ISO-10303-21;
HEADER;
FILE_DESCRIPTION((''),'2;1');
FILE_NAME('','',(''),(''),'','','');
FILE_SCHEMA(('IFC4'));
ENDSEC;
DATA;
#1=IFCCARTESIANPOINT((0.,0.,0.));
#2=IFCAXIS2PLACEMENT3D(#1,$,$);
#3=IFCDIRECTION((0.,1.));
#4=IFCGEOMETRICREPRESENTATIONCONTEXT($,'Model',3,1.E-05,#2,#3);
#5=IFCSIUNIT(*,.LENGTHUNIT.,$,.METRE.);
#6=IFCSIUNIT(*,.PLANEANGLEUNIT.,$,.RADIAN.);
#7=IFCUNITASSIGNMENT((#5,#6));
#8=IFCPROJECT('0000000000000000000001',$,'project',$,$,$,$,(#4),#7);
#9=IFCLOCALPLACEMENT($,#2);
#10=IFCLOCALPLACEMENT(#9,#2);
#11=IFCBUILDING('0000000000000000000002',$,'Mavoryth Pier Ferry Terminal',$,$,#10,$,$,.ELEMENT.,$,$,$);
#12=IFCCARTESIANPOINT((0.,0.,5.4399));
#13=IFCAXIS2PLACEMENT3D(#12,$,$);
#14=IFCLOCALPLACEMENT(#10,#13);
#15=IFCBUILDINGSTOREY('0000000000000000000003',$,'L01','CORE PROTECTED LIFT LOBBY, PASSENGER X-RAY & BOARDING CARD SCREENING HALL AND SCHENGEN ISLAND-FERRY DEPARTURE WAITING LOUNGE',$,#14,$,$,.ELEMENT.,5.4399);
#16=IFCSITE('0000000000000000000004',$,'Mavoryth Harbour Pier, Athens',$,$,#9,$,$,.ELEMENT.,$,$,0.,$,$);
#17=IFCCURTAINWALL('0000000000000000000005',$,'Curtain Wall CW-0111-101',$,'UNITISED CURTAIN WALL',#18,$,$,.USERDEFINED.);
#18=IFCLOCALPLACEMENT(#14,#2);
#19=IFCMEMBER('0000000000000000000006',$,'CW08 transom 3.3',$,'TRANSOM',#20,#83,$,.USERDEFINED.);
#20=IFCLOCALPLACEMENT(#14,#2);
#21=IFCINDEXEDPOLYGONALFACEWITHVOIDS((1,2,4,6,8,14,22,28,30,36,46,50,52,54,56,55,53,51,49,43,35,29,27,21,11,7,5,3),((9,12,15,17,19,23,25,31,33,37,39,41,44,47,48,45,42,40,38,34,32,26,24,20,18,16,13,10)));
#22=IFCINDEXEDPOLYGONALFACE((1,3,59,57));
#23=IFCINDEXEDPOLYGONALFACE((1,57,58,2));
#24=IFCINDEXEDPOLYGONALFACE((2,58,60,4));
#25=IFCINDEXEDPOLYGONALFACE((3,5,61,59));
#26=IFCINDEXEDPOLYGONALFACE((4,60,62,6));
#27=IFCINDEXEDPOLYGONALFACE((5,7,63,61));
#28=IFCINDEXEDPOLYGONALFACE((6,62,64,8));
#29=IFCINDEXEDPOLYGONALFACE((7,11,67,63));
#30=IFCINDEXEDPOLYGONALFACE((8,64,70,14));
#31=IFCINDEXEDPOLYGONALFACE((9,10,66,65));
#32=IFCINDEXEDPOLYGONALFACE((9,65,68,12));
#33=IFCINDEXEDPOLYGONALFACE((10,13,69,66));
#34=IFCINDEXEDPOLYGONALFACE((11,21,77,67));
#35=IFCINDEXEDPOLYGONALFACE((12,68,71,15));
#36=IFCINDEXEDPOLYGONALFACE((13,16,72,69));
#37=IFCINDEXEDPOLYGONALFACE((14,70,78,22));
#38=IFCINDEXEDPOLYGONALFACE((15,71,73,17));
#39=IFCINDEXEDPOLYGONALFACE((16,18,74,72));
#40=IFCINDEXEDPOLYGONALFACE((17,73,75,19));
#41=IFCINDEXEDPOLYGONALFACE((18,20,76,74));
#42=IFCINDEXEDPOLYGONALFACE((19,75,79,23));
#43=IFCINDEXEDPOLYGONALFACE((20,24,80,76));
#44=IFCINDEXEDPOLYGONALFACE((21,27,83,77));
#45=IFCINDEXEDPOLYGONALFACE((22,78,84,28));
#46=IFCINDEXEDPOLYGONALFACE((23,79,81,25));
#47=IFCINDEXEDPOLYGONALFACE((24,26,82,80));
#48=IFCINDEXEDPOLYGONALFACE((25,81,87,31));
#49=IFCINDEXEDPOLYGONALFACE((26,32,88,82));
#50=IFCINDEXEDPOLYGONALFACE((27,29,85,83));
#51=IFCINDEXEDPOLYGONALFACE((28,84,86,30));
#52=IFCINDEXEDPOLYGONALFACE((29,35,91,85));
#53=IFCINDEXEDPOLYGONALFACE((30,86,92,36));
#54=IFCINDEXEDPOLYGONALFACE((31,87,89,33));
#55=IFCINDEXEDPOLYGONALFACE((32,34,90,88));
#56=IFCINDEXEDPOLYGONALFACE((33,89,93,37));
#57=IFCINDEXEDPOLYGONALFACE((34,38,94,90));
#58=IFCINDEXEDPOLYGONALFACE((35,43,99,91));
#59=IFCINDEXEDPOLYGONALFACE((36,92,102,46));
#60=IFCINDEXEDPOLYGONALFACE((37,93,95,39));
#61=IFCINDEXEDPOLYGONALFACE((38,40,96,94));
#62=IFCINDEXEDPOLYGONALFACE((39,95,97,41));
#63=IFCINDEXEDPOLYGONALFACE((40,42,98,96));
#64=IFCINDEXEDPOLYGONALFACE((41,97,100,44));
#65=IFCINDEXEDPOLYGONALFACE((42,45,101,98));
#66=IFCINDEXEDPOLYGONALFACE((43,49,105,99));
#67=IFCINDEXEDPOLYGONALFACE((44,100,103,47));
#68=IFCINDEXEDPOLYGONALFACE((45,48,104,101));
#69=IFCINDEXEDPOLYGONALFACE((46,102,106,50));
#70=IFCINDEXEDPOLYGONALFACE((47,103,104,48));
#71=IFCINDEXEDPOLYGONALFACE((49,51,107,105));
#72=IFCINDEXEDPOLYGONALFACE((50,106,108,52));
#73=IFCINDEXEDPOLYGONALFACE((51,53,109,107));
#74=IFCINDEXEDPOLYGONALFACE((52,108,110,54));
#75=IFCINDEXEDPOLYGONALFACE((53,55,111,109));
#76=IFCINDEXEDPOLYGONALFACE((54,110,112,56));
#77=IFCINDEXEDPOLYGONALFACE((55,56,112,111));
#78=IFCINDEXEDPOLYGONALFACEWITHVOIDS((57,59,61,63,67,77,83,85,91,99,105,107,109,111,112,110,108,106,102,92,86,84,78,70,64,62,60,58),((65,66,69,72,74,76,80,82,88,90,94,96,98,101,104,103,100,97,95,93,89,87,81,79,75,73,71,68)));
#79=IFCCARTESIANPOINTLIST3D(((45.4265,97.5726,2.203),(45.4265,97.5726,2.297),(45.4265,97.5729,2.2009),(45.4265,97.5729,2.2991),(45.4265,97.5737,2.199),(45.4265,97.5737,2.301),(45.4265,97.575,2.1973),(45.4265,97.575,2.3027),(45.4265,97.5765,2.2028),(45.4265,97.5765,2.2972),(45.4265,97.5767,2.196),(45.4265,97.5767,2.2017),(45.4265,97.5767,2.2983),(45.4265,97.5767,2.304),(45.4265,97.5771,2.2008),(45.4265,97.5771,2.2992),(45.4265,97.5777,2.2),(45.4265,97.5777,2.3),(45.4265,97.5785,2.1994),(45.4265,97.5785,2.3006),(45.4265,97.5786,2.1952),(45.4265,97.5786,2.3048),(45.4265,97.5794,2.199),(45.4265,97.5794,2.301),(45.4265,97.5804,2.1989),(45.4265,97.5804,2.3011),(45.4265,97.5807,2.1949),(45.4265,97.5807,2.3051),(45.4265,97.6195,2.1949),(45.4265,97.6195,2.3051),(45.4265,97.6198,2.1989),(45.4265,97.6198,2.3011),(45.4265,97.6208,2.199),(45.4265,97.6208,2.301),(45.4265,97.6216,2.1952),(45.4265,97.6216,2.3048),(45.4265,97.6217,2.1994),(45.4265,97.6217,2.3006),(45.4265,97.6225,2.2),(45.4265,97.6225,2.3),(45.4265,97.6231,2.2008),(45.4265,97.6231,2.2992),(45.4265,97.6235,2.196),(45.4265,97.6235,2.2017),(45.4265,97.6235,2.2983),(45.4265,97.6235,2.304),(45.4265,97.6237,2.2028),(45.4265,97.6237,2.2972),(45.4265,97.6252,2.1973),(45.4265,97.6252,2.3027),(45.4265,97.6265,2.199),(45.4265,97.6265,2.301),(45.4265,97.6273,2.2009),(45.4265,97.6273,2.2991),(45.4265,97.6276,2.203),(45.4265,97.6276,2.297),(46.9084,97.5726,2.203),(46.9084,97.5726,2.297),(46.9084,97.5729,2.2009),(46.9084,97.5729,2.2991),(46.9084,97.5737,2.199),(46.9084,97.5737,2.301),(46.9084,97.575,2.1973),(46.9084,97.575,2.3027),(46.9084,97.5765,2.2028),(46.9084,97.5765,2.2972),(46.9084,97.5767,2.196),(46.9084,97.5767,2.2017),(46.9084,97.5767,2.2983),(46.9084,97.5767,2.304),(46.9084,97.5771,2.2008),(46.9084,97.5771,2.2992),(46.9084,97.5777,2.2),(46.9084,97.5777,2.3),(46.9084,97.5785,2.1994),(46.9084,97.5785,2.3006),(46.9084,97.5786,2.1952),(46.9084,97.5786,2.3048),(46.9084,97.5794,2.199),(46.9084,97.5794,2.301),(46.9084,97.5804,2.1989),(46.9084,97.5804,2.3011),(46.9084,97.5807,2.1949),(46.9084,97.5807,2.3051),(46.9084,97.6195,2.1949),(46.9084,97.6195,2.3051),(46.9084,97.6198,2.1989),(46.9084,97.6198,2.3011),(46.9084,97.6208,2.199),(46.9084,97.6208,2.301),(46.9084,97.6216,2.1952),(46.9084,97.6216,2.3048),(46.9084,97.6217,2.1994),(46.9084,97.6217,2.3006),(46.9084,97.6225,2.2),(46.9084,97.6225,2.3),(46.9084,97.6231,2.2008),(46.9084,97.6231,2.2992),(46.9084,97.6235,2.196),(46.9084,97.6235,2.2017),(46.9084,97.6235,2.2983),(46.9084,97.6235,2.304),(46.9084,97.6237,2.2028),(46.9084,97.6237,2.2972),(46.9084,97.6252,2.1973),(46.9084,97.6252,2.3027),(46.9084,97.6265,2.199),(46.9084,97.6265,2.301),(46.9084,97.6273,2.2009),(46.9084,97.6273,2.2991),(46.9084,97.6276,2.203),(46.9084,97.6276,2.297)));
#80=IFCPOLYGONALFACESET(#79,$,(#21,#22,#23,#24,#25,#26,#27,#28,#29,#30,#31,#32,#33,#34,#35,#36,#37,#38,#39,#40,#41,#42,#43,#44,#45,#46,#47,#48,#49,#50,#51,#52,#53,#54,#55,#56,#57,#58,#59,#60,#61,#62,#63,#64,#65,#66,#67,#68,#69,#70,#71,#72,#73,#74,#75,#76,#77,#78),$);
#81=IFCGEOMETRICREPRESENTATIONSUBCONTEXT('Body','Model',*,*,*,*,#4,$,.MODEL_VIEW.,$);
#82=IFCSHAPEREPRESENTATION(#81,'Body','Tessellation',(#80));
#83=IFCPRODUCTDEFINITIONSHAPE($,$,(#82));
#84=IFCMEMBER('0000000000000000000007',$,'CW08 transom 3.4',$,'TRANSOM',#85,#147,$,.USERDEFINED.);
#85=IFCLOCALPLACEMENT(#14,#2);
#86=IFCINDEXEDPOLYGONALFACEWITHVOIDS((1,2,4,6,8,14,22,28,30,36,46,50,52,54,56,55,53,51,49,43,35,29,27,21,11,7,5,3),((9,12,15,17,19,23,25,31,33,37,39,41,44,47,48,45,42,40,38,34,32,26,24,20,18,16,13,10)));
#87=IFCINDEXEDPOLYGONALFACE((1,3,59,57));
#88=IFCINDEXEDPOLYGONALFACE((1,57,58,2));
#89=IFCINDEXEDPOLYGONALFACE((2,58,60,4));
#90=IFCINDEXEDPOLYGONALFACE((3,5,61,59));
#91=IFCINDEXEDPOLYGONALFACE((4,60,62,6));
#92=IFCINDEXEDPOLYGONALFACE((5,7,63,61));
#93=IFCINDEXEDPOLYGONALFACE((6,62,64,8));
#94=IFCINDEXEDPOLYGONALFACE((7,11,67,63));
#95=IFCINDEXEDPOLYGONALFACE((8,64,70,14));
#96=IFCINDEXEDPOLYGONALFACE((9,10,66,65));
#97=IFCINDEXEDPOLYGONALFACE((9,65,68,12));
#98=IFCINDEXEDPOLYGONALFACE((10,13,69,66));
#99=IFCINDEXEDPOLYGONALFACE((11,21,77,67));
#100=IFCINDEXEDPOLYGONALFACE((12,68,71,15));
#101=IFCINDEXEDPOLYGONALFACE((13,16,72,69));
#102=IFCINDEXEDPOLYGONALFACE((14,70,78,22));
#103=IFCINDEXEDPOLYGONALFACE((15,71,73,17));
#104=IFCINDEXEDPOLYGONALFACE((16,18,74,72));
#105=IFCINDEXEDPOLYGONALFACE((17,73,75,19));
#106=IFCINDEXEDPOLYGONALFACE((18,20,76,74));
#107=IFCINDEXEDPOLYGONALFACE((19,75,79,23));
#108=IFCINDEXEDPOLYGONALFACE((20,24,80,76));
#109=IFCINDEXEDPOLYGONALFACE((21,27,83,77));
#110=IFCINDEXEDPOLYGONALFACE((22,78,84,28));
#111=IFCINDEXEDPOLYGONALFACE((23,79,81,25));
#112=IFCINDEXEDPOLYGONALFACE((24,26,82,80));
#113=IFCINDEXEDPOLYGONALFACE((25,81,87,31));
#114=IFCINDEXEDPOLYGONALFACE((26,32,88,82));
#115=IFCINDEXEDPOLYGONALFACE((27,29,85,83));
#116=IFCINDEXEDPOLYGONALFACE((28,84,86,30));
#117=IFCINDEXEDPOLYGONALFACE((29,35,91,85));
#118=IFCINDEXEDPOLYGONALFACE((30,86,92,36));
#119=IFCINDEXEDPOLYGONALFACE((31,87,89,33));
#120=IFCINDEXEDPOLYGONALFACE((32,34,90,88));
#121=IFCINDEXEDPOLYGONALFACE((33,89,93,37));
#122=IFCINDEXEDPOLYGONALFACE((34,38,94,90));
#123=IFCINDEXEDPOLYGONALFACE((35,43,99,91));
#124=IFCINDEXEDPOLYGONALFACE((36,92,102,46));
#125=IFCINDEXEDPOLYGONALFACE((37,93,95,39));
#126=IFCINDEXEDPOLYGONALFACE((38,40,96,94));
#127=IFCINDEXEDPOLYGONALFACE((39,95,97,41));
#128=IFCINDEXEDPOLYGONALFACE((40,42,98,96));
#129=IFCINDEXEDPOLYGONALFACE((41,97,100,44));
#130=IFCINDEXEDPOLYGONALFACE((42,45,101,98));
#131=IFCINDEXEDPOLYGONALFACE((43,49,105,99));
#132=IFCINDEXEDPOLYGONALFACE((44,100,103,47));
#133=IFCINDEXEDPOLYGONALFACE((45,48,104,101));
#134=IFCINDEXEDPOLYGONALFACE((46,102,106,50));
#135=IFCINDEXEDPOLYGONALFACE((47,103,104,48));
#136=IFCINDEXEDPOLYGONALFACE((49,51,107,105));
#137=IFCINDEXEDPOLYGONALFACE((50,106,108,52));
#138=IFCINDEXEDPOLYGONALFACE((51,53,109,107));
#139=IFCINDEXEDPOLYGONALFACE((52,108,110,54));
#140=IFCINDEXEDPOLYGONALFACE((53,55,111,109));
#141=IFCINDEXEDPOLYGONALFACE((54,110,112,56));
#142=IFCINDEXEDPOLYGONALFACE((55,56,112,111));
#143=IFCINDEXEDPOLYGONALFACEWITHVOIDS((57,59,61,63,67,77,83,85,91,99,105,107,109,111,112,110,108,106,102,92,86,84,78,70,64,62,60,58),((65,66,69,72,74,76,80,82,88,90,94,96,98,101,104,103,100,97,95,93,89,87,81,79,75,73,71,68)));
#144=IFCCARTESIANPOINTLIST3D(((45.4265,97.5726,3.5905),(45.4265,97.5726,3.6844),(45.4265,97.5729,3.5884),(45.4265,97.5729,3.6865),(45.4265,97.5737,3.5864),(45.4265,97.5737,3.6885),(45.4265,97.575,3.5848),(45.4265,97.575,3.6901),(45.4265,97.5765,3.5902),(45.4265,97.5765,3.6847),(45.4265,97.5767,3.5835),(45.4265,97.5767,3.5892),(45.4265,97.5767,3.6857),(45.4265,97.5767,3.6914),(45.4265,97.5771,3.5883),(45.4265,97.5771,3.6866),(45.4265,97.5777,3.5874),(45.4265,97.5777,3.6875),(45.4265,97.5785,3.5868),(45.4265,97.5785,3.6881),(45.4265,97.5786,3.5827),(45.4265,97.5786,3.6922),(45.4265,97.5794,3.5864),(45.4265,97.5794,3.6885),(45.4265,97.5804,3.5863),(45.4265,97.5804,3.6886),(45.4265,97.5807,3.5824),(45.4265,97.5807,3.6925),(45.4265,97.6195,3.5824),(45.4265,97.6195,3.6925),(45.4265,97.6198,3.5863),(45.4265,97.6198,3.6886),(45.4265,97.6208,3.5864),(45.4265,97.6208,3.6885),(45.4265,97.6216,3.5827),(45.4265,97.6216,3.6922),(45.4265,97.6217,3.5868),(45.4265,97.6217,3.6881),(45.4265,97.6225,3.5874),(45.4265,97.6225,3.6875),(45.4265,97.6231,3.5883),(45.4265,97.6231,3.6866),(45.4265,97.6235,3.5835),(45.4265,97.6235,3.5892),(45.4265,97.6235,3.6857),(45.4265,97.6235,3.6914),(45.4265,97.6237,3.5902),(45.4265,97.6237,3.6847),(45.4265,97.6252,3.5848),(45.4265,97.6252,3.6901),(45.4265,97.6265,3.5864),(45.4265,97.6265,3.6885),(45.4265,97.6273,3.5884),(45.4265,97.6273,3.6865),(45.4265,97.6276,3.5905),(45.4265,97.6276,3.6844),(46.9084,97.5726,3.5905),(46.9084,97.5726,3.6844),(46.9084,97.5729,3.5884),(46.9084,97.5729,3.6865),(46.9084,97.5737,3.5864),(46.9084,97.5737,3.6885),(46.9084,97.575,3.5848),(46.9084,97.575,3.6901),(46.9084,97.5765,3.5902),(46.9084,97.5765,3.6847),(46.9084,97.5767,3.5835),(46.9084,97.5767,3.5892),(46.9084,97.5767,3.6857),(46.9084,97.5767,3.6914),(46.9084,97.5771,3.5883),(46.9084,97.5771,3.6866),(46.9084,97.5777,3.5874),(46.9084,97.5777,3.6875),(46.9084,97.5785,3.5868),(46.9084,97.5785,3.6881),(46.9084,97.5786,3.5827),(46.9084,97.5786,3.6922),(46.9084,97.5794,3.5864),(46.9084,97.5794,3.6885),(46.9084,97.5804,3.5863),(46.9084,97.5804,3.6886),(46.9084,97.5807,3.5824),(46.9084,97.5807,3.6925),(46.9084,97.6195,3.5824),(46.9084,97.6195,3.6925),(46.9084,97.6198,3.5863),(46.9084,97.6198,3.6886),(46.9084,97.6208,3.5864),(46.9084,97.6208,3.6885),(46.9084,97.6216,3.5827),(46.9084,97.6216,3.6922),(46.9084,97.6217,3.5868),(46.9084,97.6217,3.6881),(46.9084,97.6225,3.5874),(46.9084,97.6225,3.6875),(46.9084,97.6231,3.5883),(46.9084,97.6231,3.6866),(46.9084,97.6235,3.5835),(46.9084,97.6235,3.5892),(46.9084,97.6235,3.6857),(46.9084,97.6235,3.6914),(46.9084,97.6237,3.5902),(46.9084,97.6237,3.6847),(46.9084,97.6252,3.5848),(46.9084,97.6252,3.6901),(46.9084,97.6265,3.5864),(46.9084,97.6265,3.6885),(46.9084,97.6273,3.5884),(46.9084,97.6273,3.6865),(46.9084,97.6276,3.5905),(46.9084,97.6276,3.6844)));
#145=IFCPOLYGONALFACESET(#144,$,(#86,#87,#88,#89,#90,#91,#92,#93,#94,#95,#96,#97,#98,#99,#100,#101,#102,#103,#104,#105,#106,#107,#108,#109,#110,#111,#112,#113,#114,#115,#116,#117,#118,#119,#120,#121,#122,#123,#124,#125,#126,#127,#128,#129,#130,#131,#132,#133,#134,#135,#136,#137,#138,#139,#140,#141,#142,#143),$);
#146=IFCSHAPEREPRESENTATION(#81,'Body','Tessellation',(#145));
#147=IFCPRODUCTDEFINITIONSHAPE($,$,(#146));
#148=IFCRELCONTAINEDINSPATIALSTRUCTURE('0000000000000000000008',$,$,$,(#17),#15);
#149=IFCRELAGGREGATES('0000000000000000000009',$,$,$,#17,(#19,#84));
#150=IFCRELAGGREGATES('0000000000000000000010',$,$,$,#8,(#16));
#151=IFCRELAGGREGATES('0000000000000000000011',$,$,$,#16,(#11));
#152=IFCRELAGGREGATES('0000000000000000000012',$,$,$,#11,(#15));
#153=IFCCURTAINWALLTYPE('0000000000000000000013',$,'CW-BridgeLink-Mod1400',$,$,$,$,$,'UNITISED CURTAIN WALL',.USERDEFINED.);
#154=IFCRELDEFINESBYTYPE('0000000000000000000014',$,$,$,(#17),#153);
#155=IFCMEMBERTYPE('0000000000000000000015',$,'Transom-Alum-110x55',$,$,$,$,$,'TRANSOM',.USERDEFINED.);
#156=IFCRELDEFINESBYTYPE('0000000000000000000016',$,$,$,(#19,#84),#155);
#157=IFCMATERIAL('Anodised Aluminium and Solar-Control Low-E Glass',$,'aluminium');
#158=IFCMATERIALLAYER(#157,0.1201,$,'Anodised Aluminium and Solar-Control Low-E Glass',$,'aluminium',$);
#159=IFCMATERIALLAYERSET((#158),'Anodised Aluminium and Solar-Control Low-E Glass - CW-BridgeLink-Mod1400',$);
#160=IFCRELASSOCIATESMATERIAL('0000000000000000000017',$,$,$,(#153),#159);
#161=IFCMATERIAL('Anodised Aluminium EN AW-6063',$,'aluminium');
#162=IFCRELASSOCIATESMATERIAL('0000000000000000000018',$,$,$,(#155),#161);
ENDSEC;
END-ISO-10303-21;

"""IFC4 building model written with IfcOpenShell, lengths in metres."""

from ifc_helpers import new_model, si_unit, direction, frame, origin, origin_2d, place, context, subcontext, project, spatial, hollow_rectangle, extrude, material, layer, layer_set, material_profile, profile_set, type_object, element, aggregate, save


model = new_model("IFC4")

# Units and contexts
model_context = context("Model", 3, precision=1e-05, world=origin(), true_north=direction((0.0, 1.0)))
body_context = subcontext(model_context, "Body", "Model", "MODEL_VIEW")
ifc_project = project(units=[si_unit("LENGTHUNIT", "METRE"), si_unit("PLANEANGLEUNIT", "RADIAN")], contexts=[model_context])

# Site, building, storey
site_placement = place(None, origin())
site = spatial("IfcSite", under=ifc_project, at=site_placement, Name="Mavoryth Harbour Pier, Athens", CompositionType="ELEMENT", RefElevation=0.0)
building_placement = place(site_placement, origin())
building = spatial("IfcBuilding", under=site, at=building_placement, Name="Mavoryth Pier Ferry Terminal", CompositionType="ELEMENT")
storey_placement = place(building_placement, frame((0.0, 0.0, 5.4399)))
storey = spatial("IfcBuildingStorey", under=building, at=storey_placement, Name="L01", Description="CORE PROTECTED LIFT LOBBY, PASSENGER X-RAY & BOARDING CARD SCREENING HALL AND SCHENGEN ISLAND-FERRY DEPARTURE WAITING LOUNGE", CompositionType="ELEMENT", Elevation=5.4399)

# Curtain wall
ifc_material_1 = material(Name="Anodised Aluminium and Solar-Control Low-E Glass", Category="aluminium")
ifc_layer_1 = layer(ifc_material_1, 0.1201, Name="Anodised Aluminium and Solar-Control Low-E Glass", Category="aluminium")
ifc_layer_set_1 = layer_set([ifc_layer_1], Name="Anodised Aluminium and Solar-Control Low-E Glass - CW-BridgeLink-Mod1400")
curtain_wall_type_1 = type_object("IfcCurtainWallType", Name="CW-BridgeLink-Mod1400", ElementType="UNITISED CURTAIN WALL", PredefinedType="USERDEFINED", material=ifc_layer_set_1)
curtain_wall_1_placement = place(storey_placement, origin())
curtain_wall_1 = element("IfcCurtainWall", 1, at=curtain_wall_1_placement, inside=storey, type_object=curtain_wall_type_1, Name="Curtain Wall CW-0111-101", ObjectType="UNITISED CURTAIN WALL", PredefinedType="USERDEFINED")
ifc_material_2 = material(Name="Anodised Aluminium EN AW-6063", Category="aluminium")

# Members
ifc_material_profile_1 = material_profile(ifc_material_2, hollow_rectangle(XDim=0.0549, YDim=0.1101, WallThickness=0.0039, InnerFilletRadius=0.0039, OuterFilletRadius=0.0081, at=origin_2d()), Name="AL-TRAN 110x55x4", Category="aluminium")
ifc_profile_set_1 = profile_set([ifc_material_profile_1], Name="Anodised Aluminium EN AW-6063 - AL-TRAN 110x55x4")
member_type_1 = type_object("IfcMemberType", Name="Transom-Alum-110x55", ElementType="TRANSOM", PredefinedType="USERDEFINED", material=ifc_profile_set_1)
member_1_placement = place(storey_placement, frame((45.4265, 97.6001, 2.25), z_axis=(1.0, 0.0, 0.0), x_axis=(0.0, 1.0, 0.0)))
member_1 = element("IfcMember", 2, at=member_1_placement, type_object=member_type_1, Name="CW08 transom 3.3", ObjectType="TRANSOM", PredefinedType="USERDEFINED", context=body_context, shape_type="SweptSolid", body=[
    extrude(hollow_rectangle(XDim=0.0549, YDim=0.1101, WallThickness=0.0039, InnerFilletRadius=0.0039, OuterFilletRadius=0.0081, at=origin_2d()), origin(), (0.0, 0.0, 1.0), 1.4819),
])
member_2_placement = place(storey_placement, frame((45.4265, 97.6001, 3.6375), z_axis=(1.0, 0.0, 0.0), x_axis=(0.0, 1.0, 0.0)))
member_2 = element("IfcMember", 3, at=member_2_placement, type_object=member_type_1, Name="CW08 transom 3.4", ObjectType="TRANSOM", PredefinedType="USERDEFINED", context=body_context, shape_type="SweptSolid", body=[
    extrude(hollow_rectangle(XDim=0.0549, YDim=0.1101, WallThickness=0.0039, InnerFilletRadius=0.0039, OuterFilletRadius=0.0081, at=origin_2d()), origin(), (0.0, 0.0, 1.0), 1.4819),
])

aggregate(curtain_wall_1, [member_1, member_2])

save(model, "model.ifc")
